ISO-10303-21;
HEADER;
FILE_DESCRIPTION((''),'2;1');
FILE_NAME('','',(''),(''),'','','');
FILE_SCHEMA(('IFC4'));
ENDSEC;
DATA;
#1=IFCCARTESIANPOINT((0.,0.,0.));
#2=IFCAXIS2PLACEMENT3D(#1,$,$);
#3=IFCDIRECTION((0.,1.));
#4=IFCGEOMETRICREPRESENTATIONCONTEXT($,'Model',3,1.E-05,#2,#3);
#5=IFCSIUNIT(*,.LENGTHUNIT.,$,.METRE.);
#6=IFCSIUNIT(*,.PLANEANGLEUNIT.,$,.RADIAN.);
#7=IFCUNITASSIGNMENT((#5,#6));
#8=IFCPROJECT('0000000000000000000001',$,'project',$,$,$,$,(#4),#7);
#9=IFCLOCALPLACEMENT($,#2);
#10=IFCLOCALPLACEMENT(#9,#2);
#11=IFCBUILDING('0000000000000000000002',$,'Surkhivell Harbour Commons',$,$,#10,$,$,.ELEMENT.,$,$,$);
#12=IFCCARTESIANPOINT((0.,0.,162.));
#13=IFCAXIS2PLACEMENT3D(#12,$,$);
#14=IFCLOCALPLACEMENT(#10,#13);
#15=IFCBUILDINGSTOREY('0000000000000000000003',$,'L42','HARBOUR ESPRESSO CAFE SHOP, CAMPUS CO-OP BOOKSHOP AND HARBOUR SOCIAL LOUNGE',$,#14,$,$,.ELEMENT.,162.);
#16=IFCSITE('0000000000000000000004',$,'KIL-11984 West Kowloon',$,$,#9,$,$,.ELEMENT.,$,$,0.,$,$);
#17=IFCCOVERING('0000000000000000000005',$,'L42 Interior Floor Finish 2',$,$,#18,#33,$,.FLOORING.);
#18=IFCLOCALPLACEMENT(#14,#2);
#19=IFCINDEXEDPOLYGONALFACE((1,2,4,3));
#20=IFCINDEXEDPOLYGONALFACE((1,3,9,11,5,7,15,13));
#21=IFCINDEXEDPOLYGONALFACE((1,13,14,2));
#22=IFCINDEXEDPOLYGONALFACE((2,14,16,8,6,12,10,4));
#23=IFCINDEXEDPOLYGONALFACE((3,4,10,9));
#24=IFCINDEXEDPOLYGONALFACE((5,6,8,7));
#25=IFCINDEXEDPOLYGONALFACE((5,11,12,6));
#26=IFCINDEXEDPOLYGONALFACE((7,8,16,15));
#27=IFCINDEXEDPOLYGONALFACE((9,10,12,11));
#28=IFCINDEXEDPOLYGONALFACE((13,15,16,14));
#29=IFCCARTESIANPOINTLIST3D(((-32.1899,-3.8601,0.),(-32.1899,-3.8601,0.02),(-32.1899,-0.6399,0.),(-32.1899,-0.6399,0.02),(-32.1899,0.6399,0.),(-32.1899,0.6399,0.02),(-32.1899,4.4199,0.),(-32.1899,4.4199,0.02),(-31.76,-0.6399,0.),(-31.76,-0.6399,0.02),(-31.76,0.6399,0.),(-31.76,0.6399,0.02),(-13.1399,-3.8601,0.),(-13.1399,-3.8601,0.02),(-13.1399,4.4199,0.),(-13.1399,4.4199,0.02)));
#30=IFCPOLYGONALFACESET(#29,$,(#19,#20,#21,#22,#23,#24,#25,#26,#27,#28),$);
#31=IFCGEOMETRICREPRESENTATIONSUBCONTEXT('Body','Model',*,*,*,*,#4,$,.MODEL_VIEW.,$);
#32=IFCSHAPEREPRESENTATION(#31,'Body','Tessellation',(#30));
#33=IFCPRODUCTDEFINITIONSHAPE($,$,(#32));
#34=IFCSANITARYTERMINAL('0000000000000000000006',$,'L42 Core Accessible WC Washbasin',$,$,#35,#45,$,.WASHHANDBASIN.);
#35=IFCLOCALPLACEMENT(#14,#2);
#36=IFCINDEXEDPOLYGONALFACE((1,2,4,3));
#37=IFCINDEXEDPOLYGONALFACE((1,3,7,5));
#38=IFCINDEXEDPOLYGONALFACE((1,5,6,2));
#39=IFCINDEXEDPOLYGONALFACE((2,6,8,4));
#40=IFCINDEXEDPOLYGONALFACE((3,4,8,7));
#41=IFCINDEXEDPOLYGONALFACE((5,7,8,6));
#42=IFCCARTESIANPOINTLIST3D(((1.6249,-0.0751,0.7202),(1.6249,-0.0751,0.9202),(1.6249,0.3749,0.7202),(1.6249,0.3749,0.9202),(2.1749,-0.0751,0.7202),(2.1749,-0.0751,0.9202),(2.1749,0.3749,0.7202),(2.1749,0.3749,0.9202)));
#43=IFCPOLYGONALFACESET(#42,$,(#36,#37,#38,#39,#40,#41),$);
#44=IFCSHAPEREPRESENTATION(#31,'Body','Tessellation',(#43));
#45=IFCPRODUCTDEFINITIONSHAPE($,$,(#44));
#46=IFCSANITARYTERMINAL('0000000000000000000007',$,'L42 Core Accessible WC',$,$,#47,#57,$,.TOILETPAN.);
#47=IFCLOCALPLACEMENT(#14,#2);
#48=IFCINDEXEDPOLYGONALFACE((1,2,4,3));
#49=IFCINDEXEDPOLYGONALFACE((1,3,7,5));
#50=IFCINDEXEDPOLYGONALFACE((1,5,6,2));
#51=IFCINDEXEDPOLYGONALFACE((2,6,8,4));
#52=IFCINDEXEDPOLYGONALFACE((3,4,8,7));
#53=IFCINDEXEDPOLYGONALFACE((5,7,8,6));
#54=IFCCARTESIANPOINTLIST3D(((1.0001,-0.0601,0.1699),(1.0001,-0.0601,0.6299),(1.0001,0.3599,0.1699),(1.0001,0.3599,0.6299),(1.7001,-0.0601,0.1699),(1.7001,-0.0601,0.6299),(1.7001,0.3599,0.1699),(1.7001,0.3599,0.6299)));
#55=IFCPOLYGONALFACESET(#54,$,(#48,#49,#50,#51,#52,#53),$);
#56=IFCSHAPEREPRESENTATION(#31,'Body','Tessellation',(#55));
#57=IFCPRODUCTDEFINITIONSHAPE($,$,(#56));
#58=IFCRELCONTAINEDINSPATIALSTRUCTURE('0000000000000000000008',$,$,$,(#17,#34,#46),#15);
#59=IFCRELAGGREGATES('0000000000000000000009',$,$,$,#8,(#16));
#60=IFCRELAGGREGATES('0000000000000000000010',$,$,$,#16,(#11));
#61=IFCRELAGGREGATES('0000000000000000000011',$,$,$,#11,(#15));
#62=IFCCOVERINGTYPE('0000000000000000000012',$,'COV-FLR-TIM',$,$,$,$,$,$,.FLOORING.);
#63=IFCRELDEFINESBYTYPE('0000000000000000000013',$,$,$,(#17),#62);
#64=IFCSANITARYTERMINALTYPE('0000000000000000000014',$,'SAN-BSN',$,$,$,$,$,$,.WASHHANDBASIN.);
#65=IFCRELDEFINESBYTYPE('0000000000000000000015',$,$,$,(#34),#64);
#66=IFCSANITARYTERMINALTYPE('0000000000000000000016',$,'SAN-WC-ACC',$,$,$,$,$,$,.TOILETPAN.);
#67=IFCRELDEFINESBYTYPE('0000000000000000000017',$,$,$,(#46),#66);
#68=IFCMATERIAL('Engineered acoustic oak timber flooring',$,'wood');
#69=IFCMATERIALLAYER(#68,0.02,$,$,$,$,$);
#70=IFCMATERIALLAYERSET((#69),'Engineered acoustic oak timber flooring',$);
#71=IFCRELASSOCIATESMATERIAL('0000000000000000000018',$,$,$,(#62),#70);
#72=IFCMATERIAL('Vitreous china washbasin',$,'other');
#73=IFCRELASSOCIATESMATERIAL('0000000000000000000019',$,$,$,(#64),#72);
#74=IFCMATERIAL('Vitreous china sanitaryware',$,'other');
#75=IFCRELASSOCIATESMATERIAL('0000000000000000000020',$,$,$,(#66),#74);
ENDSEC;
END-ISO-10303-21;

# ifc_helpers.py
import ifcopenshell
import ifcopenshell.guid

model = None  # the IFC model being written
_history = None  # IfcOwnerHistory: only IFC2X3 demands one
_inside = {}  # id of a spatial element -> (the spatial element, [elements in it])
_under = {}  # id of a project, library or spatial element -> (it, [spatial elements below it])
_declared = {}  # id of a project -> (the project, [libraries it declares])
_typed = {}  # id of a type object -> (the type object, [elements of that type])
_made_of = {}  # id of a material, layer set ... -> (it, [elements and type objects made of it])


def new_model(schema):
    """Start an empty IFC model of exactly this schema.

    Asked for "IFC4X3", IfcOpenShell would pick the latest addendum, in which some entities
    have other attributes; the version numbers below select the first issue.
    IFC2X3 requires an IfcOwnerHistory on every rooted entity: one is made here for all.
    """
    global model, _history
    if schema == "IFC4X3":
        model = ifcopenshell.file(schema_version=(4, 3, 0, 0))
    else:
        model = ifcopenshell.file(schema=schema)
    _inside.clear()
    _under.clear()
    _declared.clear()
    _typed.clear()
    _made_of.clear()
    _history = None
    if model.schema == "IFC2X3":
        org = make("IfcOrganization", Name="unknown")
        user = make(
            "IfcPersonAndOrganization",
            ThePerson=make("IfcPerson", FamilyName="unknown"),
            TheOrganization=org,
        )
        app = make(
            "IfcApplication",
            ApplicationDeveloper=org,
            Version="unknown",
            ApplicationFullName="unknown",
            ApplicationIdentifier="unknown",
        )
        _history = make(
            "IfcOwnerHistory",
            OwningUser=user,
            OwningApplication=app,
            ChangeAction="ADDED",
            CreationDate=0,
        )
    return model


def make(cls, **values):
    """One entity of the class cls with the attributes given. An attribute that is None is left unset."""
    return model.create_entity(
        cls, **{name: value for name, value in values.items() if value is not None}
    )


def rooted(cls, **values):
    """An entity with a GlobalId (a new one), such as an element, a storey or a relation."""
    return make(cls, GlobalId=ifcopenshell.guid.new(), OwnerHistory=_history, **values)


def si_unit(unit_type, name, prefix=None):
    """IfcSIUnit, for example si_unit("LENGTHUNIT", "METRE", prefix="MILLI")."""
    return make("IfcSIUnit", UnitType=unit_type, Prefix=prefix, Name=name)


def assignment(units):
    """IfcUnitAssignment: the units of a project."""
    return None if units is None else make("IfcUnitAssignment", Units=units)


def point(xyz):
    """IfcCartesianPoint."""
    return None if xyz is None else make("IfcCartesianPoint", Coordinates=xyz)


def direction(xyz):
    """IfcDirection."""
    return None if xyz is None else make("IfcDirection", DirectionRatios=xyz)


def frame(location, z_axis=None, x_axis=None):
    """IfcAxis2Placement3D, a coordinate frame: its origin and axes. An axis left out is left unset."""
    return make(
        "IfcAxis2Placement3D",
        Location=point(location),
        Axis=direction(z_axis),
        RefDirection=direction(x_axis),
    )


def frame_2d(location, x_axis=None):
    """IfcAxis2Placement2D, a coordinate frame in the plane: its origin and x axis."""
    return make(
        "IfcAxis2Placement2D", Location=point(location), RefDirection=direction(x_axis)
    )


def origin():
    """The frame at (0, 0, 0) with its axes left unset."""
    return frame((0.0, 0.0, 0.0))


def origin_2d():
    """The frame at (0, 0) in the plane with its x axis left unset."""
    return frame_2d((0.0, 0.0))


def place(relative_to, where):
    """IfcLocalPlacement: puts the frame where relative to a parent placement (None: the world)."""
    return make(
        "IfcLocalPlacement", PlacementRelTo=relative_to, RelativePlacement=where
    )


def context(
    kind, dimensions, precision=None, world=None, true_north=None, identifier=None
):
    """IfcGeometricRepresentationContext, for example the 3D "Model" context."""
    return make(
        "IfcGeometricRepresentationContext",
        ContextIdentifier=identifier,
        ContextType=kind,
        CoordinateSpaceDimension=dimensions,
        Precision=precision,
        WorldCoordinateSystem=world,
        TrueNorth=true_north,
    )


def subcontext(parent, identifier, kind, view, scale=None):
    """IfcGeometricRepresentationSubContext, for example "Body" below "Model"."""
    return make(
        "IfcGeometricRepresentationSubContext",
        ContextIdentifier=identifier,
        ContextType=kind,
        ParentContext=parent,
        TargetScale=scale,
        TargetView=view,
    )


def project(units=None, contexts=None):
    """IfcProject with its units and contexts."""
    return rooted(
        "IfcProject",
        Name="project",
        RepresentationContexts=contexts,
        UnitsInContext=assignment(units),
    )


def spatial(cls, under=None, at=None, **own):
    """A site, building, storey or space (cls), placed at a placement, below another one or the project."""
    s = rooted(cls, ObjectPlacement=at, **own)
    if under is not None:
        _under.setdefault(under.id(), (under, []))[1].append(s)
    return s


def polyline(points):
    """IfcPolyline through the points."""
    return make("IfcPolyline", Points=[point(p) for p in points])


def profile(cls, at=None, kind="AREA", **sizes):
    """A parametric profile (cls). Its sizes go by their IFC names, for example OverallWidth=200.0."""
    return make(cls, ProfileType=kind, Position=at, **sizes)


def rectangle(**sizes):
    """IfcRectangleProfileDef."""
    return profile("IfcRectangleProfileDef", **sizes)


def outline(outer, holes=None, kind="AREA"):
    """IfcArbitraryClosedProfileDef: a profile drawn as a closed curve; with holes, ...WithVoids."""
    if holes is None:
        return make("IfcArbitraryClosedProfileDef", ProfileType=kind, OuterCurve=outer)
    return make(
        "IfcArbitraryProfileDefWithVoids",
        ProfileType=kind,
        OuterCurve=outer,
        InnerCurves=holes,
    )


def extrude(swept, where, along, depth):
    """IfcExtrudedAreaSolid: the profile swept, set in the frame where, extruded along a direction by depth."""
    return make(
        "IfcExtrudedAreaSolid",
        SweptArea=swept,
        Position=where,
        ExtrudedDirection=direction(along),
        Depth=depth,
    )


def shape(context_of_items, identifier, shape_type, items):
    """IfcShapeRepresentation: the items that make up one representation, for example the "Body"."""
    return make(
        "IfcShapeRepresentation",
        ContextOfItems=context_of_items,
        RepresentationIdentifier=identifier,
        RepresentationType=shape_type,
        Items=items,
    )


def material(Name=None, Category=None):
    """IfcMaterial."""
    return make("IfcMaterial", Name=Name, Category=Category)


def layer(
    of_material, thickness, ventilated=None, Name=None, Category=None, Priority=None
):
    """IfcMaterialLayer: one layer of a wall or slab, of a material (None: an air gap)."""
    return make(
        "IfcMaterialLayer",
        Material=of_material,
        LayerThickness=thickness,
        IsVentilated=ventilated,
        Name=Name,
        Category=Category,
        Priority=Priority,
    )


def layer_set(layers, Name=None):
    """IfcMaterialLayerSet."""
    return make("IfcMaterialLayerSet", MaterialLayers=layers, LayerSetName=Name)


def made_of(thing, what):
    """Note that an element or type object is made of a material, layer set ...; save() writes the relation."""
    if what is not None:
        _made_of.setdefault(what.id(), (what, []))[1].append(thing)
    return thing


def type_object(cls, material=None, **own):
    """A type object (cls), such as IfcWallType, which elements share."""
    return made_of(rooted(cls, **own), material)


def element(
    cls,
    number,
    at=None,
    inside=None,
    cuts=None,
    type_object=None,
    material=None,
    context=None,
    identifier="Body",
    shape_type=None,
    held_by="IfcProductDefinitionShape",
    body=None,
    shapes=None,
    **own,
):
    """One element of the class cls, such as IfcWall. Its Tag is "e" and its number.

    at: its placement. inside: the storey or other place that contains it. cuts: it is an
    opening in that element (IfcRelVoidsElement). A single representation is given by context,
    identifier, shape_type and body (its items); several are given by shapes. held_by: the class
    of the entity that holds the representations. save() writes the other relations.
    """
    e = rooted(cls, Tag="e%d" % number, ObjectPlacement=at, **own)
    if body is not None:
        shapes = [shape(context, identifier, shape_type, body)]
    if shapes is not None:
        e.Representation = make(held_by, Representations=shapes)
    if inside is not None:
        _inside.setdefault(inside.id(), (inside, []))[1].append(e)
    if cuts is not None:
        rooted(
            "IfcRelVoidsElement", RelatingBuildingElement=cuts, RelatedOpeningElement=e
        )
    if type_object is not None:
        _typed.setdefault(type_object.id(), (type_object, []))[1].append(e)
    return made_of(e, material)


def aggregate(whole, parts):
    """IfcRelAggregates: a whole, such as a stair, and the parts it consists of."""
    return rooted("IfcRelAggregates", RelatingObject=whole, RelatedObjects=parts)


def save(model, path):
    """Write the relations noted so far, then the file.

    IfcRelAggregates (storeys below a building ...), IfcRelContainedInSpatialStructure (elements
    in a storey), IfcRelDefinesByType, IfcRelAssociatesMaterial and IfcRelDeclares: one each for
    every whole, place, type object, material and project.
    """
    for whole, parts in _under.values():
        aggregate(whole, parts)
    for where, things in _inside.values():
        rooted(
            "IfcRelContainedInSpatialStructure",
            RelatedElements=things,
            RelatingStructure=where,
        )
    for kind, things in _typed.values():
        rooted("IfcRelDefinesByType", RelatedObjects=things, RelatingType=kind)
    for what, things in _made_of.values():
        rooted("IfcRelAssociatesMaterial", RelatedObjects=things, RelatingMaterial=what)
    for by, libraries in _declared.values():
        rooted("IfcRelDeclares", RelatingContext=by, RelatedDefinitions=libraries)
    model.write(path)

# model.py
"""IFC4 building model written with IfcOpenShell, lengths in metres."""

from ifc_helpers import new_model, si_unit, direction, frame, origin, origin_2d, place, context, subcontext, project, spatial, polyline, rectangle, outline, extrude, material, layer, layer_set, type_object, element, save


model = new_model("IFC4")

# Units and contexts
model_context = context("Model", 3, precision=1e-05, world=origin(), true_north=direction((0.0, 1.0)))
body_context = subcontext(model_context, "Body", "Model", "MODEL_VIEW")
ifc_project = project(units=[si_unit("LENGTHUNIT", "METRE"), si_unit("PLANEANGLEUNIT", "RADIAN")], contexts=[model_context])

# Site, building, storey
site_placement = place(None, origin())
site = spatial("IfcSite", under=ifc_project, at=site_placement, Name="KIL-11984 West Kowloon", CompositionType="ELEMENT", RefElevation=0.0)
building_placement = place(site_placement, origin())
building = spatial("IfcBuilding", under=site, at=building_placement, Name="Surkhivell Harbour Commons", CompositionType="ELEMENT")
storey_placement = place(building_placement, frame((0.0, 0.0, 162.0)))
storey = spatial("IfcBuildingStorey", under=building, at=storey_placement, Name="L42", Description="HARBOUR ESPRESSO CAFE SHOP, CAMPUS CO-OP BOOKSHOP AND HARBOUR SOCIAL LOUNGE", CompositionType="ELEMENT", Elevation=162.0)

# Covering
ifc_material_1 = material(Name="Engineered acoustic oak timber flooring", Category="wood")
ifc_layer_1 = layer(ifc_material_1, 0.02)
ifc_layer_set_1 = layer_set([ifc_layer_1], Name="Engineered acoustic oak timber flooring")
covering_type_1 = type_object("IfcCoveringType", Name="COV-FLR-TIM", PredefinedType="FLOORING", material=ifc_layer_set_1)
covering_1_placement = place(storey_placement, origin())
element("IfcCovering", 1, at=covering_1_placement, inside=storey, type_object=covering_type_1, Name="L42 Interior Floor Finish 2", PredefinedType="FLOORING", context=body_context, shape_type="SweptSolid", body=[
    extrude(outline(polyline([(-13.1399, -3.8601), (-13.1399, 4.4199), (-32.1899, 4.4199), (-32.1899, 0.6399), (-31.76, 0.6399), (-31.76, -0.6399), (-32.1899, -0.6399), (-32.1899, -3.8601), (-13.1399, -3.8601)])), origin(), (0.0, 0.0, 1.0), 0.02),
])

# Sanitary terminals
ifc_material_2 = material(Name="Vitreous china washbasin", Category="other")
sanitary_terminal_type_1 = type_object("IfcSanitaryTerminalType", Name="SAN-BSN", PredefinedType="WASHHANDBASIN", material=ifc_material_2)
sanitary_terminal_1_placement = place(storey_placement, frame((1.8999, 0.1499, 0.7202), z_axis=(0.0, 0.0, 1.0), x_axis=(1.0, 0.0, 0.0)))
element("IfcSanitaryTerminal", 2, at=sanitary_terminal_1_placement, inside=storey, type_object=sanitary_terminal_type_1, Name="L42 Core Accessible WC Washbasin", PredefinedType="WASHHANDBASIN", context=body_context, shape_type="SweptSolid", body=[
    extrude(rectangle(XDim=0.55, YDim=0.45, at=origin_2d()), origin(), (0.0, 0.0, 1.0), 0.2),
])
ifc_material_3 = material(Name="Vitreous china sanitaryware", Category="other")
sanitary_terminal_type_2 = type_object("IfcSanitaryTerminalType", Name="SAN-WC-ACC", PredefinedType="TOILETPAN", material=ifc_material_3)
sanitary_terminal_2_placement = place(storey_placement, frame((1.3501, 0.1499, 0.1699), z_axis=(0.0, 0.0, 1.0), x_axis=(1.0, 0.0, 0.0)))
element("IfcSanitaryTerminal", 3, at=sanitary_terminal_2_placement, inside=storey, type_object=sanitary_terminal_type_2, Name="L42 Core Accessible WC", PredefinedType="TOILETPAN", context=body_context, shape_type="SweptSolid", body=[
    extrude(rectangle(XDim=0.7, YDim=0.4199, at=origin_2d()), origin(), (0.0, 0.0, 1.0), 0.46),
])

save(model, "model.ifc")
